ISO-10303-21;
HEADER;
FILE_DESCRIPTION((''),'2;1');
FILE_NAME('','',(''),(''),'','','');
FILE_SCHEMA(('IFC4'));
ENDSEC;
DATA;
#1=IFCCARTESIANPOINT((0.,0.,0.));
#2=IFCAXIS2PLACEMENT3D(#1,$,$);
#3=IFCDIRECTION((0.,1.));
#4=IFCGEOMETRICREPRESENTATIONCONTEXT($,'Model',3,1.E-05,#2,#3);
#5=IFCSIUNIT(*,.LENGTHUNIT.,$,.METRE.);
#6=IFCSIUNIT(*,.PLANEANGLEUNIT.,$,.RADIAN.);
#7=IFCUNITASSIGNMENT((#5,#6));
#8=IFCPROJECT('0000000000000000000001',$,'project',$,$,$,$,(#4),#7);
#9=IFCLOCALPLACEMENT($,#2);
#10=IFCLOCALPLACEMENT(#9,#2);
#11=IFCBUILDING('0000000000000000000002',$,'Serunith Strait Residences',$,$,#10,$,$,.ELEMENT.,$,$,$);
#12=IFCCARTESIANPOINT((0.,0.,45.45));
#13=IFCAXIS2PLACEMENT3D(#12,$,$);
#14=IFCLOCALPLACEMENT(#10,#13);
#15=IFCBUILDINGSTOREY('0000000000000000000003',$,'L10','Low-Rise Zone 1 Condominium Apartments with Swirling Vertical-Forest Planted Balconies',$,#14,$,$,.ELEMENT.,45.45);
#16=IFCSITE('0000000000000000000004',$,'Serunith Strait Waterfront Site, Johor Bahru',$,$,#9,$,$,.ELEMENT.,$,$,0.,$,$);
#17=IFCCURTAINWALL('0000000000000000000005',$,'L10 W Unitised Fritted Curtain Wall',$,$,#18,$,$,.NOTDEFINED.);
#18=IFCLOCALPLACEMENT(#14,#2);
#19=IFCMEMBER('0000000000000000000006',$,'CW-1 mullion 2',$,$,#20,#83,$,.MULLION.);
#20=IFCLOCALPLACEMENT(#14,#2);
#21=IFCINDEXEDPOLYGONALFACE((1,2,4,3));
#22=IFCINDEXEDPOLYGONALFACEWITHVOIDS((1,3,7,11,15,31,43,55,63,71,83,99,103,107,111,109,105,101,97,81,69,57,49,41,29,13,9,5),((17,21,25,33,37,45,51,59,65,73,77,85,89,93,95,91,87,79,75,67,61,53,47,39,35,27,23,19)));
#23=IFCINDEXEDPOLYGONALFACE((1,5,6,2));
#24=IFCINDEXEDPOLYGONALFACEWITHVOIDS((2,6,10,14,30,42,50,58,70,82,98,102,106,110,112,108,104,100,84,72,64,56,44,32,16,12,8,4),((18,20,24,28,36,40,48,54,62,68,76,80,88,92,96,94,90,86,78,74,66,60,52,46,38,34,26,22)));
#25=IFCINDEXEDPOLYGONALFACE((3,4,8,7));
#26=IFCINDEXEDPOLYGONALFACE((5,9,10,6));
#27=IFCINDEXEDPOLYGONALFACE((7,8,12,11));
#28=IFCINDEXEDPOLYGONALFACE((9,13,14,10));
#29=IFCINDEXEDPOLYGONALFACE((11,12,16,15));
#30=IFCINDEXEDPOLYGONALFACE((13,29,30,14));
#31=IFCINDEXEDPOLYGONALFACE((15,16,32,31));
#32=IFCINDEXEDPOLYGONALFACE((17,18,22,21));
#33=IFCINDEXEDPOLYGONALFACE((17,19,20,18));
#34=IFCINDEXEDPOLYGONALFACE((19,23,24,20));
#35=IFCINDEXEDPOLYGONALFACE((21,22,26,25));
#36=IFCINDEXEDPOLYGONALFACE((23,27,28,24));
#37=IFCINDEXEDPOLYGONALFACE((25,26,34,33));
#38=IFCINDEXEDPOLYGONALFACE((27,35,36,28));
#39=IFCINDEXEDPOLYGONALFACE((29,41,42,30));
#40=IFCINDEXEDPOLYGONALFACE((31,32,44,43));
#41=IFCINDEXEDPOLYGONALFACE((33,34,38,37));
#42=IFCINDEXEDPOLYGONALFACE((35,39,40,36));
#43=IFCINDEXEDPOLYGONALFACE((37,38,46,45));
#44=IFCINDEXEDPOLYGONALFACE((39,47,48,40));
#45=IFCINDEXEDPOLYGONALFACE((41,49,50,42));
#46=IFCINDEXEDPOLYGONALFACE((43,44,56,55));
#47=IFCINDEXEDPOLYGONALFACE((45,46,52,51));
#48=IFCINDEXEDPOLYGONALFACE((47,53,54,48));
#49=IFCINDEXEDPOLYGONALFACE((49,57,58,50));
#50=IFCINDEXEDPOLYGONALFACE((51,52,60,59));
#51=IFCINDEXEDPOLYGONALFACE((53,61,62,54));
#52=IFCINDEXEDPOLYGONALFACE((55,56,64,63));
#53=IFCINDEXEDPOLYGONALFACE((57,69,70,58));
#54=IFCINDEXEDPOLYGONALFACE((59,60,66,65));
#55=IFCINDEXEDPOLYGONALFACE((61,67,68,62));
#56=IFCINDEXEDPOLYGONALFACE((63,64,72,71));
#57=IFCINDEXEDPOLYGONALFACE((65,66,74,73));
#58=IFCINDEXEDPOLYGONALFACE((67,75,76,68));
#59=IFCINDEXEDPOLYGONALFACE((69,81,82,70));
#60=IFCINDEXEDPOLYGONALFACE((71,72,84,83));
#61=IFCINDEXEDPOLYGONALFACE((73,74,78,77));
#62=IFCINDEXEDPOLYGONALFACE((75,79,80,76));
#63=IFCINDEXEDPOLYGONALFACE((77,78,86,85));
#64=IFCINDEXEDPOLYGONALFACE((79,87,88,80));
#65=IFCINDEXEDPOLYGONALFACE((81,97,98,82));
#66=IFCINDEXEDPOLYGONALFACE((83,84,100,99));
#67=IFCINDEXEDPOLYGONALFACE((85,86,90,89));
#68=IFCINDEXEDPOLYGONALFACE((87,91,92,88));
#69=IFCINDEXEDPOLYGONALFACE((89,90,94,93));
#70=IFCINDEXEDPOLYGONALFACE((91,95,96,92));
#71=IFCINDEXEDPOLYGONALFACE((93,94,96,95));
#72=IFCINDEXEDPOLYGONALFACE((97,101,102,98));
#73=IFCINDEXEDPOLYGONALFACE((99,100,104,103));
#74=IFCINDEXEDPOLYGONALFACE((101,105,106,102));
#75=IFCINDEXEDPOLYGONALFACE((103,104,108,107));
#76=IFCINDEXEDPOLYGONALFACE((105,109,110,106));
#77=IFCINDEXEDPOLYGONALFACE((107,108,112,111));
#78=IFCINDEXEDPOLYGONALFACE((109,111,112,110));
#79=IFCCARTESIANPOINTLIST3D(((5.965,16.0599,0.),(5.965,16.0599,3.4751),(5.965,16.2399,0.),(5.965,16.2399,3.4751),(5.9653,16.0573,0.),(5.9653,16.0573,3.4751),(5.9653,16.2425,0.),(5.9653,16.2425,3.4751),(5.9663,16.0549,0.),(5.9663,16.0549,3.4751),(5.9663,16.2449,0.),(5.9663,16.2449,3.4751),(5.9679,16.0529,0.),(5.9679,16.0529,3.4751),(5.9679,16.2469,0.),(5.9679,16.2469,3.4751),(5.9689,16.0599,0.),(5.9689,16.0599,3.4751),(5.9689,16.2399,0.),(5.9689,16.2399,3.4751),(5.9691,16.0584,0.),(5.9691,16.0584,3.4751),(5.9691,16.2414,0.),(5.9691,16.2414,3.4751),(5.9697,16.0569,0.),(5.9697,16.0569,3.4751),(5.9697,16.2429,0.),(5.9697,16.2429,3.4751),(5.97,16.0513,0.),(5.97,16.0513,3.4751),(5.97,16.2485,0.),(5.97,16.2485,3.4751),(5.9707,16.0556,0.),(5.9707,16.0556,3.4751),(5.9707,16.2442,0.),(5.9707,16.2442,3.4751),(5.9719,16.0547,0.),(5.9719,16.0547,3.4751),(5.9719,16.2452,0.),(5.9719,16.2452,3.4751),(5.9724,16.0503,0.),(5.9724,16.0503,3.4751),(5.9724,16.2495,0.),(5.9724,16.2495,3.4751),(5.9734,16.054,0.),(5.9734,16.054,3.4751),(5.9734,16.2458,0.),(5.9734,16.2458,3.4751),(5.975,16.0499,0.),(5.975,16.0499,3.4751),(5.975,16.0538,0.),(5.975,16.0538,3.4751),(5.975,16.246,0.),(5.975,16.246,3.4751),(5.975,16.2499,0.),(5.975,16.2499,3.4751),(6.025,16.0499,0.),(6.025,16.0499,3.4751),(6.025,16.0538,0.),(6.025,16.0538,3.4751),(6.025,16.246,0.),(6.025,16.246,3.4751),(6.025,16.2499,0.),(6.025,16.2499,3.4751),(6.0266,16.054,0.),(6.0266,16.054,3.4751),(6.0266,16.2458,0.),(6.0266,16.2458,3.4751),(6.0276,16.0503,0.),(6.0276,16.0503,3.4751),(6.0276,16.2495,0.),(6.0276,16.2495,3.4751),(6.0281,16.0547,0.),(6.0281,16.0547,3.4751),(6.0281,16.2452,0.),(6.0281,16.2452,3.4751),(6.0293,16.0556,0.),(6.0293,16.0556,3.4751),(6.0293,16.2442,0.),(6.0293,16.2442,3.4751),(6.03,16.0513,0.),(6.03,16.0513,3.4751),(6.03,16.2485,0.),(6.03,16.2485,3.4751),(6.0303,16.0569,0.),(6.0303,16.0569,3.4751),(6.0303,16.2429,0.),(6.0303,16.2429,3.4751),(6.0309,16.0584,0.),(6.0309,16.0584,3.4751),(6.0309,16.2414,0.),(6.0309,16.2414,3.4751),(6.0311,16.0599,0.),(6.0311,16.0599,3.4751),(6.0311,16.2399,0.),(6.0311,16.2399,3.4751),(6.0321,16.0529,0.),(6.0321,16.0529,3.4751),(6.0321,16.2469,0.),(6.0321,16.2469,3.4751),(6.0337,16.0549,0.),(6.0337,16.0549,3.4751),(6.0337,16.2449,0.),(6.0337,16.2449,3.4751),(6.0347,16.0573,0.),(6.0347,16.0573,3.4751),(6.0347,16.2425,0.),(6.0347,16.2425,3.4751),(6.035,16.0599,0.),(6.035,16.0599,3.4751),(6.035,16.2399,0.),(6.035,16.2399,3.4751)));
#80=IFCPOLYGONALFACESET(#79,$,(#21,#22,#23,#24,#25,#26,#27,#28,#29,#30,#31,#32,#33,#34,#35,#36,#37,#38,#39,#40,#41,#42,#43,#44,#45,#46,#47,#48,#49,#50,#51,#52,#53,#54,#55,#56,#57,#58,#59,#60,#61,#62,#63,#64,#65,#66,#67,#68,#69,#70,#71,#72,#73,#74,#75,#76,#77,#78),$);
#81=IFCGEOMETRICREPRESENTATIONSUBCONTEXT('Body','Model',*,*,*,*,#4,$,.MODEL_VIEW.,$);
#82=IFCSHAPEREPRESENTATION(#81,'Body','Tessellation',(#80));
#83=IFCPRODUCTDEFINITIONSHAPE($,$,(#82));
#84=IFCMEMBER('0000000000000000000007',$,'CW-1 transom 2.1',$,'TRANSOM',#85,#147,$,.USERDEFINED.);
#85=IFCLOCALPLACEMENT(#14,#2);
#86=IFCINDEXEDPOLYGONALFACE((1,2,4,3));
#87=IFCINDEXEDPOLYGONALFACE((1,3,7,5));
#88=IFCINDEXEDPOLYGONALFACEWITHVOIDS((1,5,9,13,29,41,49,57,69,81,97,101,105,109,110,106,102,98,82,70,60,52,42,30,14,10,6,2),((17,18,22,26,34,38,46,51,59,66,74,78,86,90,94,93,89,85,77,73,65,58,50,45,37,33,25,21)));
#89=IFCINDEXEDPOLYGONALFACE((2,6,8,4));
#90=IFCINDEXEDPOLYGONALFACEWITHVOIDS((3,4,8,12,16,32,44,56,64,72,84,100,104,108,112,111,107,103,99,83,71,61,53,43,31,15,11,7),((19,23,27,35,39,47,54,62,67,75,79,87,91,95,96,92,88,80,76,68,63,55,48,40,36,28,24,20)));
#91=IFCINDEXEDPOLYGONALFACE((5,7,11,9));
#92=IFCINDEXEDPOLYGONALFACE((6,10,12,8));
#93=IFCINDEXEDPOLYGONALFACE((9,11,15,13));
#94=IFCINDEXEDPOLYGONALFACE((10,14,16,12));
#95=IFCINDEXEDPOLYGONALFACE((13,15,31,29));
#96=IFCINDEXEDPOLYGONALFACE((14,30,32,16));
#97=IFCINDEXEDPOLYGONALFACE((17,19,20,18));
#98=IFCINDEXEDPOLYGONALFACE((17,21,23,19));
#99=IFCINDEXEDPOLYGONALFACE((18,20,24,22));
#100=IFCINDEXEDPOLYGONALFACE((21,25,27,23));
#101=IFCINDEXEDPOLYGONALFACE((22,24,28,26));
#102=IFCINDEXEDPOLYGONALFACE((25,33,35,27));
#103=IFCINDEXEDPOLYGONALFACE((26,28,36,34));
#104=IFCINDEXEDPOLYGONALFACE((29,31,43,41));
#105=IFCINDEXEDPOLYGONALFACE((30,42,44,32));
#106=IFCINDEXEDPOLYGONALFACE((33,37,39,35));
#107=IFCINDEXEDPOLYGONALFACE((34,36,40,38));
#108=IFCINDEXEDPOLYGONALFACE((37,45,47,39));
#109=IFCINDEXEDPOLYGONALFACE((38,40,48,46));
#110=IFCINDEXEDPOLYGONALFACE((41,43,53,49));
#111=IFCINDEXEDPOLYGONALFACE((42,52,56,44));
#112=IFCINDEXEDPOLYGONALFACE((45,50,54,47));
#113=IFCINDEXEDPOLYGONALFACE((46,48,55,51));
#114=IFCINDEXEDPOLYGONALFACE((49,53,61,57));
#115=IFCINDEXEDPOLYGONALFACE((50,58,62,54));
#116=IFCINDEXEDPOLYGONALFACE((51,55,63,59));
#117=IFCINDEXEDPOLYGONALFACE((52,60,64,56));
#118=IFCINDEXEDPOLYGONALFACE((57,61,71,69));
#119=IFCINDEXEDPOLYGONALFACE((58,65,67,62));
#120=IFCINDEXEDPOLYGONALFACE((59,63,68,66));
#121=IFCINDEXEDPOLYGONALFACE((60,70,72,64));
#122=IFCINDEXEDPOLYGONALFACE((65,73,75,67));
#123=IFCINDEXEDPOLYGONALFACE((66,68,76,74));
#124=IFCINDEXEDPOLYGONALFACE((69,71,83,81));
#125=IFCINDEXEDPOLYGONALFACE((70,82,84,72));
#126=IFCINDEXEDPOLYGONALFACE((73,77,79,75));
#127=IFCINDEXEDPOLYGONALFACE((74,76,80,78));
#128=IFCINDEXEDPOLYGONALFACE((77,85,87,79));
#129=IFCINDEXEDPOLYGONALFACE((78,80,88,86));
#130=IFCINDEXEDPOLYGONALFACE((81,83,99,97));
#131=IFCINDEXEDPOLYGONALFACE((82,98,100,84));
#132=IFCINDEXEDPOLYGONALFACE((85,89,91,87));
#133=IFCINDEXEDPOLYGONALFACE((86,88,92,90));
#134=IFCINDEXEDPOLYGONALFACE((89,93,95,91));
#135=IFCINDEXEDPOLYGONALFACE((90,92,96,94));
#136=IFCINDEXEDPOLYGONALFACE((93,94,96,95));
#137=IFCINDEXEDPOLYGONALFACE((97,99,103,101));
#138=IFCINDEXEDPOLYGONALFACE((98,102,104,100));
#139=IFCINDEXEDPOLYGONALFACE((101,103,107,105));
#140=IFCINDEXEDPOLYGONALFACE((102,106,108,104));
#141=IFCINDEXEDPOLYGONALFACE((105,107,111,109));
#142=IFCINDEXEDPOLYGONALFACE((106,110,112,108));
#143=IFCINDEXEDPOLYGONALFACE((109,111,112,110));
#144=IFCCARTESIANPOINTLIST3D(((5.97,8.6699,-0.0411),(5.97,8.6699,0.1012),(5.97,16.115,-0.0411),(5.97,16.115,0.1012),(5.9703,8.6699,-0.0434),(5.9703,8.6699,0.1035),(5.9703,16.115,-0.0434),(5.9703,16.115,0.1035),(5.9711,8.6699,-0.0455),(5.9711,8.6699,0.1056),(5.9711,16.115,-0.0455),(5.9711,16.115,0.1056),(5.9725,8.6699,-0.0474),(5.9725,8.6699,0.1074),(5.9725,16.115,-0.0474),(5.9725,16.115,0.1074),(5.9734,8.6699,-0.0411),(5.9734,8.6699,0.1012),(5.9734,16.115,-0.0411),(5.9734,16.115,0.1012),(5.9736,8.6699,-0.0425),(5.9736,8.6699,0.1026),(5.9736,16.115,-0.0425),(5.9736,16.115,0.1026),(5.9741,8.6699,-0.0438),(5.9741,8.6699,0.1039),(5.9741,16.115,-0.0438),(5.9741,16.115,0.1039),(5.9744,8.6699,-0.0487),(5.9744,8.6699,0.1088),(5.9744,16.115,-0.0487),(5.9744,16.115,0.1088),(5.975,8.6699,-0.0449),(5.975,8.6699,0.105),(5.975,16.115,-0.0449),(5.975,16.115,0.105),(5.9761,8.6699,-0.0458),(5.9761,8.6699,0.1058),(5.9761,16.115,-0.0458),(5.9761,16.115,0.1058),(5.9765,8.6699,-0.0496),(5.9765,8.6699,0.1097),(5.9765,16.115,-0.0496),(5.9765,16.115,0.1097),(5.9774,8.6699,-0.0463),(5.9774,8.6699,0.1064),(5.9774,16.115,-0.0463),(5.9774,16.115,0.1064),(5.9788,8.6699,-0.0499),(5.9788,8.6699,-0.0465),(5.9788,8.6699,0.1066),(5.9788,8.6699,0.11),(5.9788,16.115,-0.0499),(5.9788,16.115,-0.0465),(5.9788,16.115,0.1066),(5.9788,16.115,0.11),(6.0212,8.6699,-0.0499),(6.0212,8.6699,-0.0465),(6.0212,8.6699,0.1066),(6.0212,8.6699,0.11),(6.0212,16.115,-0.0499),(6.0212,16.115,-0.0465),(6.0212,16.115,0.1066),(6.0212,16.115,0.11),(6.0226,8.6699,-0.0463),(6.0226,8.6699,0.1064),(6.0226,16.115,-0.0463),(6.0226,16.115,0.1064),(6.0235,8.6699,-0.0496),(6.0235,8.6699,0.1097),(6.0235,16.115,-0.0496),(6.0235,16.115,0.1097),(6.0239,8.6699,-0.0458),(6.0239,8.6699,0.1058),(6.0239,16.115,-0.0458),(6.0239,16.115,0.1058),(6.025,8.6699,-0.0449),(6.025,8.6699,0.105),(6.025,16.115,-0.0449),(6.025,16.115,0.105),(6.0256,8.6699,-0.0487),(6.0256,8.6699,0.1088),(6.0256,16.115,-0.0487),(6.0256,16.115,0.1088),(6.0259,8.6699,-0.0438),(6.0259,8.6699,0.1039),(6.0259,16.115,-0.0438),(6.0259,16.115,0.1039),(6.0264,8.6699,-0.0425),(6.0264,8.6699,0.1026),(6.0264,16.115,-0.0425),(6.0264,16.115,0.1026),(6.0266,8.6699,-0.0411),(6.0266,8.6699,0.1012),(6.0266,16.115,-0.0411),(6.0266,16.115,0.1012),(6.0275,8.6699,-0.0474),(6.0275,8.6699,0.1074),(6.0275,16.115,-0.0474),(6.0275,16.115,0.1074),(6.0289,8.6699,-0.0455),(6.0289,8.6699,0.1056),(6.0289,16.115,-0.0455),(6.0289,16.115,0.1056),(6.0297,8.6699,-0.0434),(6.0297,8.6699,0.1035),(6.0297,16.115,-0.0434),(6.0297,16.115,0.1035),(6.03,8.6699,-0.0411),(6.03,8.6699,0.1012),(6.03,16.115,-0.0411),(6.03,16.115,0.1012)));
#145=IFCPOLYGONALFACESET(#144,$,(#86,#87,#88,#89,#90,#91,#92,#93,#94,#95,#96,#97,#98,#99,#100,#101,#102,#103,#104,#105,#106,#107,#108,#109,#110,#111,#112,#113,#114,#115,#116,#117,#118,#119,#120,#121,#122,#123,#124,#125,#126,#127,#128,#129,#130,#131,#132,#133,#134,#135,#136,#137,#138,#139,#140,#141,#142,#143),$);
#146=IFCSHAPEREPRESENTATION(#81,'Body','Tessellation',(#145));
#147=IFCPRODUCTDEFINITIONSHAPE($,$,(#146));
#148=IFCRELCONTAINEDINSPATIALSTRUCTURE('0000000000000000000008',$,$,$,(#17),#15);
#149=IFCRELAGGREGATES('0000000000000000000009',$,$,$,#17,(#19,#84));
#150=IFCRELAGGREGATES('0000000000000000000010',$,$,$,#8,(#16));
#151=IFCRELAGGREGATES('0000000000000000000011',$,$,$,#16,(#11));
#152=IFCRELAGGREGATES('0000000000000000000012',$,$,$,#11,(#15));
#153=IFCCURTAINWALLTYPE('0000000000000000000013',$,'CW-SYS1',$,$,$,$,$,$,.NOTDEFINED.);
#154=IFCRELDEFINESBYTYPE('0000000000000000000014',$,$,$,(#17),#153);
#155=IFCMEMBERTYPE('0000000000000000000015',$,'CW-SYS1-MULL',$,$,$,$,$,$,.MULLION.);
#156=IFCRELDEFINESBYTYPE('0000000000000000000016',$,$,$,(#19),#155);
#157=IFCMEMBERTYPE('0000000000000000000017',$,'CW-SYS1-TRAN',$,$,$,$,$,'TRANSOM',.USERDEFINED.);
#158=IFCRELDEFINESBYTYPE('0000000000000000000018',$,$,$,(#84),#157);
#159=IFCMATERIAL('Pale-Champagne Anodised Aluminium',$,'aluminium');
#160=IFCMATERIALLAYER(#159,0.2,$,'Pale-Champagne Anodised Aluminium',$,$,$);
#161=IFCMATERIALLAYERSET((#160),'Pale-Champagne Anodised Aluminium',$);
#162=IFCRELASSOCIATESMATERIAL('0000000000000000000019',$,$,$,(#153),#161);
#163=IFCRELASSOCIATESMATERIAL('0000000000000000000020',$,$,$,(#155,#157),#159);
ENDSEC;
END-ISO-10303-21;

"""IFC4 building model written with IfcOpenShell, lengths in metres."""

from ifc_helpers import new_model, si_unit, direction, frame, origin, origin_2d, place, context, subcontext, project, spatial, hollow_rectangle, extrude, source, transform, mapped, material, layer, layer_set, material_profile, profile_set, type_object, element, aggregate, save


model = new_model("IFC4")

# Units and contexts
model_context = context("Model", 3, precision=1e-05, world=origin(), true_north=direction((0.0, 1.0)))
body_context = subcontext(model_context, "Body", "Model", "MODEL_VIEW")
ifc_project = project(units=[si_unit("LENGTHUNIT", "METRE"), si_unit("PLANEANGLEUNIT", "RADIAN")], contexts=[model_context])

# Site, building, storey
site_placement = place(None, origin())
site = spatial("IfcSite", under=ifc_project, at=site_placement, Name="Serunith Strait Waterfront Site, Johor Bahru", CompositionType="ELEMENT", RefElevation=0.0)
building_placement = place(site_placement, origin())
building = spatial("IfcBuilding", under=site, at=building_placement, Name="Serunith Strait Residences", CompositionType="ELEMENT")
storey_placement = place(building_placement, frame((0.0, 0.0, 45.45)))
storey = spatial("IfcBuildingStorey", under=building, at=storey_placement, Name="L10", Description="Low-Rise Zone 1 Condominium Apartments with Swirling Vertical-Forest Planted Balconies", CompositionType="ELEMENT", Elevation=45.45)

# Curtain wall, members
ifc_material_1 = material(Name="Pale-Champagne Anodised Aluminium", Category="aluminium")
ifc_layer_1 = layer(ifc_material_1, 0.2, Name="Pale-Champagne Anodised Aluminium")
ifc_layer_set_1 = layer_set([ifc_layer_1], Name="Pale-Champagne Anodised Aluminium")
curtain_wall_type = type_object("IfcCurtainWallType", Name="CW-SYS1", PredefinedType="NOTDEFINED", material=ifc_layer_set_1)
curtain_wall_placement = place(storey_placement, origin())
curtain_wall = element("IfcCurtainWall", 1, at=curtain_wall_placement, inside=storey, type_object=curtain_wall_type, Name="L10 W Unitised Fritted Curtain Wall", PredefinedType="NOTDEFINED")
ifc_material_profile_1 = material_profile(ifc_material_1, hollow_rectangle(XDim=0.0701, YDim=0.2, WallThickness=0.0039, InnerFilletRadius=0.0061, OuterFilletRadius=0.01, at=origin_2d()), Name="ALU 200x70x4")
ifc_profile_set_1 = profile_set([ifc_material_profile_1], Name="Pale-Champagne Anodised Aluminium")
member_type_1 = type_object("IfcMemberType", Name="CW-SYS1-MULL", PredefinedType="MULLION", material=ifc_profile_set_1)
shared_shape_1 = source(origin(), body_context, "Body", "SweptSolid", [
    extrude(hollow_rectangle(XDim=0.0701, YDim=0.2, WallThickness=0.0039, InnerFilletRadius=0.0061, OuterFilletRadius=0.01, at=origin_2d()), origin(), (0.0, 0.0, 1.0), 3.4751),
])
member_1_placement = place(storey_placement, frame((6.0, 16.1499, 0.0), z_axis=(0.0, 0.0, 1.0), x_axis=(1.0, 0.0, 0.0)))
member_1 = element("IfcMember", 2, at=member_1_placement, type_object=member_type_1, Name="CW-1 mullion 2", PredefinedType="MULLION", context=body_context, shape_type="MappedRepresentation", body=[
    mapped(shared_shape_1, transform((0.0, 0.0, 0.0), scale=1.0)),
])
ifc_material_profile_2 = material_profile(ifc_material_1, hollow_rectangle(XDim=0.0601, YDim=0.1599, WallThickness=0.0034, InnerFilletRadius=0.0054, OuterFilletRadius=0.0088, at=origin_2d()), Name="ALU 160x60x3.5")
ifc_profile_set_2 = profile_set([ifc_material_profile_2], Name="Pale-Champagne Anodised Aluminium")
member_type_2 = type_object("IfcMemberType", Name="CW-SYS1-TRAN", ElementType="TRANSOM", PredefinedType="USERDEFINED", material=ifc_profile_set_2)
shared_shape_2 = source(origin(), body_context, "Body", "SweptSolid", [
    extrude(hollow_rectangle(XDim=0.0601, YDim=0.1599, WallThickness=0.0034, InnerFilletRadius=0.0054, OuterFilletRadius=0.0088, at=origin_2d()), origin(), (0.0, 0.0, 1.0), 7.4451),
])
member_2_placement = place(storey_placement, frame((6.0, 16.115, 0.03), z_axis=(0.0, -1.0, 0.0), x_axis=(1.0, 0.0, 0.0)))
member_2 = element("IfcMember", 3, at=member_2_placement, type_object=member_type_2, Name="CW-1 transom 2.1", ObjectType="TRANSOM", PredefinedType="USERDEFINED", context=body_context, shape_type="MappedRepresentation", body=[
    mapped(shared_shape_2, transform((0.0, 0.0, 0.0), scale=1.0)),
])
aggregate(curtain_wall, [member_1, member_2])

save(model, "model.ifc")
